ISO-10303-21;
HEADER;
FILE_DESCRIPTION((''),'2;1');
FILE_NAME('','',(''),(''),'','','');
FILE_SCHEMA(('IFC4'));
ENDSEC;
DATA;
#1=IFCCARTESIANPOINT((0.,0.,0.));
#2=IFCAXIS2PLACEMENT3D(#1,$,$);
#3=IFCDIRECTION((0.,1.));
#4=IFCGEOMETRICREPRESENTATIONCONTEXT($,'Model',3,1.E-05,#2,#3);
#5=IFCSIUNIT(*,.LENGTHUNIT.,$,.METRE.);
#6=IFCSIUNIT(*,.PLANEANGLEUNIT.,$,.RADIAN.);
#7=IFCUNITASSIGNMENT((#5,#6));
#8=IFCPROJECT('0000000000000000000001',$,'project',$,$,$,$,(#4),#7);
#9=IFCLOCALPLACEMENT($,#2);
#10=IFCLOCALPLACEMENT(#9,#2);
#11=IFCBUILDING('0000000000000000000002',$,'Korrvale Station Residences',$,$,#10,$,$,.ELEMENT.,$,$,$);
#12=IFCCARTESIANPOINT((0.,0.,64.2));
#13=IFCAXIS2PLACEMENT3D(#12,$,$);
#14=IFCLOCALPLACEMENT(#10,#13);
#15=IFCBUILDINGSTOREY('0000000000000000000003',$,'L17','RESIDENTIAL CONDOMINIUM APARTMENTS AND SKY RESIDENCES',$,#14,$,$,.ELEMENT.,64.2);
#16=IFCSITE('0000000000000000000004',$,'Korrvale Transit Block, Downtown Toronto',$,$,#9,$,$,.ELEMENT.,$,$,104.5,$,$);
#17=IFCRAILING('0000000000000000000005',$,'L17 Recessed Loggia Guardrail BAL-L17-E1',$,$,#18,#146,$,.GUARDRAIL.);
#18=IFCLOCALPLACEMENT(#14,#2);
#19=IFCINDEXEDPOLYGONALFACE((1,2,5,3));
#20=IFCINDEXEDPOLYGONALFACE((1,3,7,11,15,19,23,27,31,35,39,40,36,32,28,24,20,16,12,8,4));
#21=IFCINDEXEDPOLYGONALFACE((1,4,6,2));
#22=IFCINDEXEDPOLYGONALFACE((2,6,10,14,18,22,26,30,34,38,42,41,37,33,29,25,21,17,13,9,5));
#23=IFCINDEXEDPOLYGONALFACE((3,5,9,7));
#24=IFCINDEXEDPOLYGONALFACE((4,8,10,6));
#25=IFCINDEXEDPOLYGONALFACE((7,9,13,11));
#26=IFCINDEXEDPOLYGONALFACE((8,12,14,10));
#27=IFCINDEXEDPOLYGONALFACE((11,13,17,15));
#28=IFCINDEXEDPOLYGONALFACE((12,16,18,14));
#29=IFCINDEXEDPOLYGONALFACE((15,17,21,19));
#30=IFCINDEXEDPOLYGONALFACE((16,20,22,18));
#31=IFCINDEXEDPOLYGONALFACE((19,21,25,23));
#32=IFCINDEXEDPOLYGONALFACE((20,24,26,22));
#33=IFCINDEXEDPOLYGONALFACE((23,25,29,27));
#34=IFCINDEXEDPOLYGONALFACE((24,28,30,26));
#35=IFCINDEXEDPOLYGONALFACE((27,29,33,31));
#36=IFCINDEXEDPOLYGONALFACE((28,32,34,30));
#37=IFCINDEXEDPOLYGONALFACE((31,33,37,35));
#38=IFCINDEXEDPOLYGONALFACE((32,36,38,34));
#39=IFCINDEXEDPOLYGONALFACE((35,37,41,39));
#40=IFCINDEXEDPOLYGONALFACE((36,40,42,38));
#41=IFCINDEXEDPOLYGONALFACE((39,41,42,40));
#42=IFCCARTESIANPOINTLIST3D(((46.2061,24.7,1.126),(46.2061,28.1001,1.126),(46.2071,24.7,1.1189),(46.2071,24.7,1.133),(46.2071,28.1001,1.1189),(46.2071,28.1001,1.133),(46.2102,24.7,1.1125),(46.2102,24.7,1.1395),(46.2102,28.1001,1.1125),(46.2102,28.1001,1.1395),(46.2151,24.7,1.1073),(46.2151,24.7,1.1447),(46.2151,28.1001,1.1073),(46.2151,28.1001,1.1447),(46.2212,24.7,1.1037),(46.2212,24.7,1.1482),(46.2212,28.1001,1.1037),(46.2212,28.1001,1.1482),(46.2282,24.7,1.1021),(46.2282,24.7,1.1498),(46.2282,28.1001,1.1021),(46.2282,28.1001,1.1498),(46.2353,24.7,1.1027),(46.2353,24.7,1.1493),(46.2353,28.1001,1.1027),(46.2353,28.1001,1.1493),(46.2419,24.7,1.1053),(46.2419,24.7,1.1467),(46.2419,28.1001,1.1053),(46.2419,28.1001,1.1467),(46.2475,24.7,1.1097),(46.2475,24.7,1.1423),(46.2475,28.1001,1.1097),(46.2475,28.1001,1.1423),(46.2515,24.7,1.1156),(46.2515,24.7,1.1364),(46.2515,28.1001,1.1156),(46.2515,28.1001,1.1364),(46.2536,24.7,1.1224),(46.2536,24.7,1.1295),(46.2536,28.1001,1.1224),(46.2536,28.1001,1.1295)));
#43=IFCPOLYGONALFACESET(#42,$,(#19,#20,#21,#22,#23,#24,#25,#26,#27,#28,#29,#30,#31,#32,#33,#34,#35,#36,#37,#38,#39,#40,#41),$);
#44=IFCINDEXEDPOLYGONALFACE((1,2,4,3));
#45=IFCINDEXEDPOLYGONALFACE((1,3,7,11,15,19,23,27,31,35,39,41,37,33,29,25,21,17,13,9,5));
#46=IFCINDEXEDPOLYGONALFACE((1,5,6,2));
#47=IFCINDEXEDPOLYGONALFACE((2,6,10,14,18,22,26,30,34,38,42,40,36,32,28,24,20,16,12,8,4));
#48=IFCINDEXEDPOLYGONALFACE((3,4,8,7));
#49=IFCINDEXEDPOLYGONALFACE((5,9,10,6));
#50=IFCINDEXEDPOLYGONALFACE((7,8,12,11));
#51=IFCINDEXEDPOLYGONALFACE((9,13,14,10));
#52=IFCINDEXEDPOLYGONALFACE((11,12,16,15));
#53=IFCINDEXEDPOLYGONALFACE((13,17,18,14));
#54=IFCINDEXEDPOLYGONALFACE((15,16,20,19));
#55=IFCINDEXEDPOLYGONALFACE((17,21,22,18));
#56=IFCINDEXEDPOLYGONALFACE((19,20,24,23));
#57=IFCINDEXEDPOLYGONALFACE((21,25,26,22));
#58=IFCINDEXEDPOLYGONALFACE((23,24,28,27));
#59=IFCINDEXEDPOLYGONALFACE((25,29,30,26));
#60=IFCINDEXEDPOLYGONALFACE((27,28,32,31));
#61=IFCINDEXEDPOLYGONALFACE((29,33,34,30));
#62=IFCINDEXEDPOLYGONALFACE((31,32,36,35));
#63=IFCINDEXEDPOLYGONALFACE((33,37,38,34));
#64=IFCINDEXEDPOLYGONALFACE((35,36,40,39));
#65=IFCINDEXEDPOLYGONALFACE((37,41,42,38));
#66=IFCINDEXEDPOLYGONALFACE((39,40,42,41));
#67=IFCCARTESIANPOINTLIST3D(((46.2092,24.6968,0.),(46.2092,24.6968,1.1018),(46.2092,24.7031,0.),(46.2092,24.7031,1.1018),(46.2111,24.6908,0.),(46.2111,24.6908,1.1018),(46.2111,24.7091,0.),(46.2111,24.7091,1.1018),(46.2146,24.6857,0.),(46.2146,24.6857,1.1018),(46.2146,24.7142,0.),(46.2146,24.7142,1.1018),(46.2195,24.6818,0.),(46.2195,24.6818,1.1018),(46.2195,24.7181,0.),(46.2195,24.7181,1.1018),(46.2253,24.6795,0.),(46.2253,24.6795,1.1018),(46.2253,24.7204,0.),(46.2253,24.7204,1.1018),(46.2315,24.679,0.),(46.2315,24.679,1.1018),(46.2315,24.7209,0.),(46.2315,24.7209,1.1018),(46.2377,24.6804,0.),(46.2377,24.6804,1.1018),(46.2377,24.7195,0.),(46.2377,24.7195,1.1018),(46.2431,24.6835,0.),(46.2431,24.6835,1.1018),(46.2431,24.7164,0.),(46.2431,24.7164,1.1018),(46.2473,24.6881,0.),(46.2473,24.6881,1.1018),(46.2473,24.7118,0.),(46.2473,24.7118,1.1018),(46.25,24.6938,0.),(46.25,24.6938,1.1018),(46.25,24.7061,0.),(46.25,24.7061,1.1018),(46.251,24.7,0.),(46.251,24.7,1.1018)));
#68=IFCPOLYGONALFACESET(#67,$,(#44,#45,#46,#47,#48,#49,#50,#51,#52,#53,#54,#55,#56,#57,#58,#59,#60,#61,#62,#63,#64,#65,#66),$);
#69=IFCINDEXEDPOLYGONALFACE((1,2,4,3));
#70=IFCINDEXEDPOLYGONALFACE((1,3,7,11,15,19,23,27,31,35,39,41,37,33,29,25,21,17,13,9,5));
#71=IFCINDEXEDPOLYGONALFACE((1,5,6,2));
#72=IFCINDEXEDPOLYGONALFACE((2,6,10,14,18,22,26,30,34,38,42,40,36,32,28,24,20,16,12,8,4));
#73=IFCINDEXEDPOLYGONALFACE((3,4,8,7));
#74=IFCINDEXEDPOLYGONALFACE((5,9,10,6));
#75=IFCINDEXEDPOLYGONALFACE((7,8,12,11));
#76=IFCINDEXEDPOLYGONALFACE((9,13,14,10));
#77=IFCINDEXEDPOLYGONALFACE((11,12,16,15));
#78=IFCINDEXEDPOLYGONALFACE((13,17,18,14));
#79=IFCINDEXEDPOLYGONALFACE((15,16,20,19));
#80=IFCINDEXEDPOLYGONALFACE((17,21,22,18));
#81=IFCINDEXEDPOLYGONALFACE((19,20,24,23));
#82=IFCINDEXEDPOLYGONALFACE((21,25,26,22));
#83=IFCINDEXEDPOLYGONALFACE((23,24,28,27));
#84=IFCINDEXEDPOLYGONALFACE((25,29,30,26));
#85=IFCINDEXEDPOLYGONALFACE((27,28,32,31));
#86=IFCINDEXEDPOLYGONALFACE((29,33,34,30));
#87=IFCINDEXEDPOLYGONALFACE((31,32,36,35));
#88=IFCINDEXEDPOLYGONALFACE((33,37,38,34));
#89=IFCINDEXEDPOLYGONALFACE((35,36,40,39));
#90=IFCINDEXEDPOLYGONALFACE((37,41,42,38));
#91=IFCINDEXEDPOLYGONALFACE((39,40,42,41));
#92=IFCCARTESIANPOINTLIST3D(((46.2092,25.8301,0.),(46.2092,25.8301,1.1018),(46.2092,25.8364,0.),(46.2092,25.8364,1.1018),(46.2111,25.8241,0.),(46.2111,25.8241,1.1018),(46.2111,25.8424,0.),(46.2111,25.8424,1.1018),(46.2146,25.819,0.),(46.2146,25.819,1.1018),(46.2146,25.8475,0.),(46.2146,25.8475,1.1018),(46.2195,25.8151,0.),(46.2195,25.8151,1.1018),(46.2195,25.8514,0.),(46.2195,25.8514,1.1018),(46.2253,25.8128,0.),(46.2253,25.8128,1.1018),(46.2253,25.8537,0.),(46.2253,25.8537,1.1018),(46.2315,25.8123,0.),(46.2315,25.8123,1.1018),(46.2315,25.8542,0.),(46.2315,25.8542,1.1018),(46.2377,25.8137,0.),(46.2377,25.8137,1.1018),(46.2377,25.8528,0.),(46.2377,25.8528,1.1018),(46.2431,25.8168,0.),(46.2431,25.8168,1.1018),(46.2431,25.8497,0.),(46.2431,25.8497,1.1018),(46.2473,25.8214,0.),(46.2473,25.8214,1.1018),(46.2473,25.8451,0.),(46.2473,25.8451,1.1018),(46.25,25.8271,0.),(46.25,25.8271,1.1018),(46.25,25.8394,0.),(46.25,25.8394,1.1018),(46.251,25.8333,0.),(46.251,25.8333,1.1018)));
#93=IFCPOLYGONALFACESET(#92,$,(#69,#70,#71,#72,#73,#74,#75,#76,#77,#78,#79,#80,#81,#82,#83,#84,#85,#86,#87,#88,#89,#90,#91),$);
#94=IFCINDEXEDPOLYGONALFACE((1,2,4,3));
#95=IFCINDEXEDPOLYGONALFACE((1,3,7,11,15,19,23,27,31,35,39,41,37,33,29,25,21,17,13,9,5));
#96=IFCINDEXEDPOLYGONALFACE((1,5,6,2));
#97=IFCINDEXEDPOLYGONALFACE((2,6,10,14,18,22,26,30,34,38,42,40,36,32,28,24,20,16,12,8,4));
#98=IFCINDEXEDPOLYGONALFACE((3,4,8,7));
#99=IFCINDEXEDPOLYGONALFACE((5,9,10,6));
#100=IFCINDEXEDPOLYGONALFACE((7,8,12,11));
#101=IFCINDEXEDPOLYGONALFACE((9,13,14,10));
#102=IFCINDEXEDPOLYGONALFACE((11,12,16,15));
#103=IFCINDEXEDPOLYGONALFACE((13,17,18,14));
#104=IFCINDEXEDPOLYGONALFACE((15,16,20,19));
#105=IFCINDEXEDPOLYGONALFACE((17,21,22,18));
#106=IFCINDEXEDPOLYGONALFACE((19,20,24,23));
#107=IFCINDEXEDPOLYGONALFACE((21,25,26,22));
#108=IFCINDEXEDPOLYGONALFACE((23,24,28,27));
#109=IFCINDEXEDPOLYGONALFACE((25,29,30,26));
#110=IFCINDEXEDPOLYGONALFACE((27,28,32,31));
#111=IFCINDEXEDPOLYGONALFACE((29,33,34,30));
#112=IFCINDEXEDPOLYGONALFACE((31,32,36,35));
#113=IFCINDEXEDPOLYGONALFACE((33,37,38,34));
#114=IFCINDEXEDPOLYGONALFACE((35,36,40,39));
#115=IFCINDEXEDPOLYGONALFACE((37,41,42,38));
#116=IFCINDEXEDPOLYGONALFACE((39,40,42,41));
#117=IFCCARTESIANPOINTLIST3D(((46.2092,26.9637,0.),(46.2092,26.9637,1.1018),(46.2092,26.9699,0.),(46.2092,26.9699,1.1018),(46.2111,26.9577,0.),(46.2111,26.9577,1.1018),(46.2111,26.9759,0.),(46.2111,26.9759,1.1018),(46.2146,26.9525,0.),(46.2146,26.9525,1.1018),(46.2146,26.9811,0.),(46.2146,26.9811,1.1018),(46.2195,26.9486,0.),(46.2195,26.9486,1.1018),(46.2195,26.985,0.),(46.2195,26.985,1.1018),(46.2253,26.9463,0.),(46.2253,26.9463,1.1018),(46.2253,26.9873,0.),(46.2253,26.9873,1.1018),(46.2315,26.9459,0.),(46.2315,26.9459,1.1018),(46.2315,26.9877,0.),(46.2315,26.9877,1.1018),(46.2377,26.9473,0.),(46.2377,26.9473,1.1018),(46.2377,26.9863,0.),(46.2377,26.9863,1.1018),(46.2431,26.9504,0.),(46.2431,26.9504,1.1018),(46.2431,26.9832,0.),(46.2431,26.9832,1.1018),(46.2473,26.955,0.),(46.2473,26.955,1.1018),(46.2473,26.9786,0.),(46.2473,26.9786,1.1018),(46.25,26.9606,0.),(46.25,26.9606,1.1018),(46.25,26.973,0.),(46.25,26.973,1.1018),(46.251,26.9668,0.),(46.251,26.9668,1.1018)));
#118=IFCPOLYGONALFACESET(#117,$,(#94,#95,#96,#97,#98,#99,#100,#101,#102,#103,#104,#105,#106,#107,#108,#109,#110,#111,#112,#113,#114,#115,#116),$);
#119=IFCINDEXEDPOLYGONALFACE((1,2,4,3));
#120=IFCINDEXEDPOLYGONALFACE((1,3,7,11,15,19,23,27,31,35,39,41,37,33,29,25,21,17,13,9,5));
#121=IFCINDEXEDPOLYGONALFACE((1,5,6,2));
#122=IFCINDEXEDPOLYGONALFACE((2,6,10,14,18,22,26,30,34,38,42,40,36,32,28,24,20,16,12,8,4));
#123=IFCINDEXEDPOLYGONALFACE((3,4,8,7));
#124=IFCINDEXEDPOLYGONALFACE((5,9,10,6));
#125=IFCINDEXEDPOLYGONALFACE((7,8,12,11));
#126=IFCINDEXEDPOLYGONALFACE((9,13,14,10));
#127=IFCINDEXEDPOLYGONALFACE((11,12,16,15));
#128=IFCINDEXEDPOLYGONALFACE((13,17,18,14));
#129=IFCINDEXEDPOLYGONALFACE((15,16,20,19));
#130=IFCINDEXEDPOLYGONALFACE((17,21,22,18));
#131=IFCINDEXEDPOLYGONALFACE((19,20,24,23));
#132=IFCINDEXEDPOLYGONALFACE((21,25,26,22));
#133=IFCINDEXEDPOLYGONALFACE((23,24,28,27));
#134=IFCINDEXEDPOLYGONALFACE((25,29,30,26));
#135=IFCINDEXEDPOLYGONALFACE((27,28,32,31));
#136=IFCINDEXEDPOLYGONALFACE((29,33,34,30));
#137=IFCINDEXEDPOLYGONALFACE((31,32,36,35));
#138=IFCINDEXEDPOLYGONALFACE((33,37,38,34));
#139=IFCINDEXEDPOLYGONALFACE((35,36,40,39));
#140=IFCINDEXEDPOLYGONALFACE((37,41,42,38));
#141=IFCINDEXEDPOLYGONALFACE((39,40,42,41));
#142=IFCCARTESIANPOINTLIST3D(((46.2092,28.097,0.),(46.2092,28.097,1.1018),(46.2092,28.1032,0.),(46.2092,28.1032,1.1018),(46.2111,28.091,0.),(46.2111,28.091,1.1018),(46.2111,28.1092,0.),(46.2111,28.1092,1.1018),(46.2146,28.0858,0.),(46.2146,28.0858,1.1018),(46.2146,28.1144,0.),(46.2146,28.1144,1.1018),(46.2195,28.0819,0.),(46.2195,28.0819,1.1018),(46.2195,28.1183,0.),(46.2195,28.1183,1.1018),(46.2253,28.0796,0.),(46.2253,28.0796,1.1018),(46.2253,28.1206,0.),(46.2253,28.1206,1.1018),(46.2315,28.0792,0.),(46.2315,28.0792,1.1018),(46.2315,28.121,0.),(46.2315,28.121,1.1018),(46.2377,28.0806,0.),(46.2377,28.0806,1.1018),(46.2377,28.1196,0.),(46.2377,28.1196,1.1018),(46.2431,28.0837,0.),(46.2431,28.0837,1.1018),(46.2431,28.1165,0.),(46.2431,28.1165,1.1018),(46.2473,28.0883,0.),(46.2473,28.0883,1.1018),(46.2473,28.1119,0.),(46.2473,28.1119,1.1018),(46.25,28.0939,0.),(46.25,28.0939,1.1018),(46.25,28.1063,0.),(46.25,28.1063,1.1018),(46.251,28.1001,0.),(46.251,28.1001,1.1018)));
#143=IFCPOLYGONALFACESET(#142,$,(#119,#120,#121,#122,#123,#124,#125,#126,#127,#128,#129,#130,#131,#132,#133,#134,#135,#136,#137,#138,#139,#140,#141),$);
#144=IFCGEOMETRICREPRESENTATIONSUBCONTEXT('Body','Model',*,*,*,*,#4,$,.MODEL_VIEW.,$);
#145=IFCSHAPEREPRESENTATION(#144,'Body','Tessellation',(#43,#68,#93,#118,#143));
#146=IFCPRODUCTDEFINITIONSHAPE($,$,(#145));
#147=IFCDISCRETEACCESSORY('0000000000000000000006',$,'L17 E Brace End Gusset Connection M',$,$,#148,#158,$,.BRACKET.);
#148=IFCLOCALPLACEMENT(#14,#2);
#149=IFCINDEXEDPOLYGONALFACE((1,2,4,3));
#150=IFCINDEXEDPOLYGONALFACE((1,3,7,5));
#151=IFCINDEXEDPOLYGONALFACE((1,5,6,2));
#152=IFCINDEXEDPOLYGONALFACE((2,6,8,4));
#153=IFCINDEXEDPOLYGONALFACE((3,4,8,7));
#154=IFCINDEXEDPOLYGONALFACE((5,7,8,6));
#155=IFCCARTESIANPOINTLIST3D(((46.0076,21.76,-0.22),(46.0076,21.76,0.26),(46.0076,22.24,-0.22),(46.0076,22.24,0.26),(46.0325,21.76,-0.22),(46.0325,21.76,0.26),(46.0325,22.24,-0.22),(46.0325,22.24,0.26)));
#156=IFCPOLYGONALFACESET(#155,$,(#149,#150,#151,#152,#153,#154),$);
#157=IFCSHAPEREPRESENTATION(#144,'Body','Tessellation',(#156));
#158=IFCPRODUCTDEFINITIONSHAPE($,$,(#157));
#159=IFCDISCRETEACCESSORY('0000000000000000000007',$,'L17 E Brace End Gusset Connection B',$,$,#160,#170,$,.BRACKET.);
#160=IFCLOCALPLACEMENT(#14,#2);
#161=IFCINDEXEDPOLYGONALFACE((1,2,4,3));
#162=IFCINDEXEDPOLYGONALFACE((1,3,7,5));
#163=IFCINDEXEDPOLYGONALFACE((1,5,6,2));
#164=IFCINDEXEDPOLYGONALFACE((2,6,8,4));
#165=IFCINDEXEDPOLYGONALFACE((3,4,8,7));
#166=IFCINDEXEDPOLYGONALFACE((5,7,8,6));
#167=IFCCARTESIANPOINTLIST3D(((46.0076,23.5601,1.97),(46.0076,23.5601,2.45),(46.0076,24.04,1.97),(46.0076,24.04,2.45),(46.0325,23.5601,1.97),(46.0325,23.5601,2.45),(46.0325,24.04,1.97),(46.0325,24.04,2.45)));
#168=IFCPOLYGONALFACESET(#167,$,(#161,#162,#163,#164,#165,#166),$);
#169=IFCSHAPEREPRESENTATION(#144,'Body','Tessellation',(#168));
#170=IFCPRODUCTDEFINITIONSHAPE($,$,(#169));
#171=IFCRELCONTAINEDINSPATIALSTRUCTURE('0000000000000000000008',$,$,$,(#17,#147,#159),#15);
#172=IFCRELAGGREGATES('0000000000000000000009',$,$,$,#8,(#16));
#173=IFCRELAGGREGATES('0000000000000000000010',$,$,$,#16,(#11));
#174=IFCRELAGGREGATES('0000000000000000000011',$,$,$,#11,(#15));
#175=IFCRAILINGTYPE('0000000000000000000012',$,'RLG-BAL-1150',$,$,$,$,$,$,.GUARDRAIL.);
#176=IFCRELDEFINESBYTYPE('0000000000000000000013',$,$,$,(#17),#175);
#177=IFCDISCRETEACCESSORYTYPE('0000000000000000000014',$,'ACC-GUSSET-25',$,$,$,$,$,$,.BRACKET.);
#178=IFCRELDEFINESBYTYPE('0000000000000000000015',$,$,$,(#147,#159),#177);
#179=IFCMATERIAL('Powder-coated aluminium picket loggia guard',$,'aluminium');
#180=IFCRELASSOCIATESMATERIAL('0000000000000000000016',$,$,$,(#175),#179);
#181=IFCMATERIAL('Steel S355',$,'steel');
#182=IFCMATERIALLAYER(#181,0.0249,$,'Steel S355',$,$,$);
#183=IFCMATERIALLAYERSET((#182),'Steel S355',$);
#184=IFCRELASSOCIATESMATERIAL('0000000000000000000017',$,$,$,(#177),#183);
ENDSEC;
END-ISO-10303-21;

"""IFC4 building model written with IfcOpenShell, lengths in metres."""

from ifc_helpers import new_model, si_unit, direction, frame, origin, origin_2d, place, context, subcontext, project, spatial, rectangle, circle, extrude, material, layer, layer_set, type_object, element, save


model = new_model("IFC4")

# Units and contexts
model_context = context("Model", 3, precision=1e-05, world=origin(), true_north=direction((0.0, 1.0)))
body_context = subcontext(model_context, "Body", "Model", "MODEL_VIEW")
ifc_project = project(units=[si_unit("LENGTHUNIT", "METRE"), si_unit("PLANEANGLEUNIT", "RADIAN")], contexts=[model_context])

# Site, building, storey
site_placement = place(None, origin())
site = spatial("IfcSite", under=ifc_project, at=site_placement, Name="Korrvale Transit Block, Downtown Toronto", CompositionType="ELEMENT", RefElevation=104.5)
building_placement = place(site_placement, origin())
building = spatial("IfcBuilding", under=site, at=building_placement, Name="Korrvale Station Residences", CompositionType="ELEMENT")
storey_placement = place(building_placement, frame((0.0, 0.0, 64.2)))
storey = spatial("IfcBuildingStorey", under=building, at=storey_placement, Name="L17", Description="RESIDENTIAL CONDOMINIUM APARTMENTS AND SKY RESIDENCES", CompositionType="ELEMENT", Elevation=64.2)

# Shared definitions
ifc_material_1 = material(Name="Steel S355", Category="steel")

# Railing
ifc_material_2 = material(Name="Powder-coated aluminium picket loggia guard", Category="aluminium")
railing_type = type_object("IfcRailingType", Name="RLG-BAL-1150", PredefinedType="GUARDRAIL", material=ifc_material_2)
railing_placement = place(storey_placement, frame((46.23, 24.7, 0.0)))
element("IfcRailing", 1, at=railing_placement, inside=storey, type_object=railing_type, Name="L17 Recessed Loggia Guardrail BAL-L17-E1", PredefinedType="GUARDRAIL", context=body_context, shape_type="SweptSolid", body=[
    extrude(circle(Radius=0.0239, at=origin_2d()), frame((0.0, 0.0, 1.126), z_axis=(0.0, 1.0, 0.0), x_axis=(-1.0, 0.0, 0.0)), (0.0, 0.0, 1.0), 3.4001),
    extrude(circle(Radius=0.021, at=origin_2d()), origin(), (0.0, 0.0, 1.0), 1.1018),
    extrude(circle(Radius=0.021, at=origin_2d()), frame((0.0, 1.1333, 0.0)), (0.0, 0.0, 1.0), 1.1018),
    extrude(circle(Radius=0.021, at=origin_2d()), frame((0.0, 2.2668, 0.0)), (0.0, 0.0, 1.0), 1.1018),
    extrude(circle(Radius=0.021, at=origin_2d()), frame((0.0, 3.4001, 0.0)), (0.0, 0.0, 1.0), 1.1018),
])

# Discrete accessories
ifc_layer_1 = layer(ifc_material_1, 0.0249, Name="Steel S355")
ifc_layer_set_1 = layer_set([ifc_layer_1], Name="Steel S355")
discrete_accessory_type = type_object("IfcDiscreteAccessoryType", Name="ACC-GUSSET-25", PredefinedType="BRACKET", material=ifc_layer_set_1)
for number, where, z_axis, x_axis, name in (
    (2, (46.02, 22.0, -0.22), (0.0, 0.0, 1.0), (0.0, 1.0, 0.0), "L17 E Brace End Gusset Connection M"),
    (3, (46.02, 23.8, 1.97), (0.0, 0.0, 1.0), (0.0, 1.0, 0.0), "L17 E Brace End Gusset Connection B"),
):
    element("IfcDiscreteAccessory", number, at=place(storey_placement, frame(where, z_axis=z_axis, x_axis=x_axis)), inside=storey, type_object=discrete_accessory_type, Name=name, PredefinedType="BRACKET", context=body_context, shape_type="SweptSolid", body=[
        extrude(rectangle(XDim=0.48, YDim=0.0249, at=origin_2d()), origin(), (0.0, 0.0, 1.0), 0.48),
    ])

save(model, "model.ifc")
